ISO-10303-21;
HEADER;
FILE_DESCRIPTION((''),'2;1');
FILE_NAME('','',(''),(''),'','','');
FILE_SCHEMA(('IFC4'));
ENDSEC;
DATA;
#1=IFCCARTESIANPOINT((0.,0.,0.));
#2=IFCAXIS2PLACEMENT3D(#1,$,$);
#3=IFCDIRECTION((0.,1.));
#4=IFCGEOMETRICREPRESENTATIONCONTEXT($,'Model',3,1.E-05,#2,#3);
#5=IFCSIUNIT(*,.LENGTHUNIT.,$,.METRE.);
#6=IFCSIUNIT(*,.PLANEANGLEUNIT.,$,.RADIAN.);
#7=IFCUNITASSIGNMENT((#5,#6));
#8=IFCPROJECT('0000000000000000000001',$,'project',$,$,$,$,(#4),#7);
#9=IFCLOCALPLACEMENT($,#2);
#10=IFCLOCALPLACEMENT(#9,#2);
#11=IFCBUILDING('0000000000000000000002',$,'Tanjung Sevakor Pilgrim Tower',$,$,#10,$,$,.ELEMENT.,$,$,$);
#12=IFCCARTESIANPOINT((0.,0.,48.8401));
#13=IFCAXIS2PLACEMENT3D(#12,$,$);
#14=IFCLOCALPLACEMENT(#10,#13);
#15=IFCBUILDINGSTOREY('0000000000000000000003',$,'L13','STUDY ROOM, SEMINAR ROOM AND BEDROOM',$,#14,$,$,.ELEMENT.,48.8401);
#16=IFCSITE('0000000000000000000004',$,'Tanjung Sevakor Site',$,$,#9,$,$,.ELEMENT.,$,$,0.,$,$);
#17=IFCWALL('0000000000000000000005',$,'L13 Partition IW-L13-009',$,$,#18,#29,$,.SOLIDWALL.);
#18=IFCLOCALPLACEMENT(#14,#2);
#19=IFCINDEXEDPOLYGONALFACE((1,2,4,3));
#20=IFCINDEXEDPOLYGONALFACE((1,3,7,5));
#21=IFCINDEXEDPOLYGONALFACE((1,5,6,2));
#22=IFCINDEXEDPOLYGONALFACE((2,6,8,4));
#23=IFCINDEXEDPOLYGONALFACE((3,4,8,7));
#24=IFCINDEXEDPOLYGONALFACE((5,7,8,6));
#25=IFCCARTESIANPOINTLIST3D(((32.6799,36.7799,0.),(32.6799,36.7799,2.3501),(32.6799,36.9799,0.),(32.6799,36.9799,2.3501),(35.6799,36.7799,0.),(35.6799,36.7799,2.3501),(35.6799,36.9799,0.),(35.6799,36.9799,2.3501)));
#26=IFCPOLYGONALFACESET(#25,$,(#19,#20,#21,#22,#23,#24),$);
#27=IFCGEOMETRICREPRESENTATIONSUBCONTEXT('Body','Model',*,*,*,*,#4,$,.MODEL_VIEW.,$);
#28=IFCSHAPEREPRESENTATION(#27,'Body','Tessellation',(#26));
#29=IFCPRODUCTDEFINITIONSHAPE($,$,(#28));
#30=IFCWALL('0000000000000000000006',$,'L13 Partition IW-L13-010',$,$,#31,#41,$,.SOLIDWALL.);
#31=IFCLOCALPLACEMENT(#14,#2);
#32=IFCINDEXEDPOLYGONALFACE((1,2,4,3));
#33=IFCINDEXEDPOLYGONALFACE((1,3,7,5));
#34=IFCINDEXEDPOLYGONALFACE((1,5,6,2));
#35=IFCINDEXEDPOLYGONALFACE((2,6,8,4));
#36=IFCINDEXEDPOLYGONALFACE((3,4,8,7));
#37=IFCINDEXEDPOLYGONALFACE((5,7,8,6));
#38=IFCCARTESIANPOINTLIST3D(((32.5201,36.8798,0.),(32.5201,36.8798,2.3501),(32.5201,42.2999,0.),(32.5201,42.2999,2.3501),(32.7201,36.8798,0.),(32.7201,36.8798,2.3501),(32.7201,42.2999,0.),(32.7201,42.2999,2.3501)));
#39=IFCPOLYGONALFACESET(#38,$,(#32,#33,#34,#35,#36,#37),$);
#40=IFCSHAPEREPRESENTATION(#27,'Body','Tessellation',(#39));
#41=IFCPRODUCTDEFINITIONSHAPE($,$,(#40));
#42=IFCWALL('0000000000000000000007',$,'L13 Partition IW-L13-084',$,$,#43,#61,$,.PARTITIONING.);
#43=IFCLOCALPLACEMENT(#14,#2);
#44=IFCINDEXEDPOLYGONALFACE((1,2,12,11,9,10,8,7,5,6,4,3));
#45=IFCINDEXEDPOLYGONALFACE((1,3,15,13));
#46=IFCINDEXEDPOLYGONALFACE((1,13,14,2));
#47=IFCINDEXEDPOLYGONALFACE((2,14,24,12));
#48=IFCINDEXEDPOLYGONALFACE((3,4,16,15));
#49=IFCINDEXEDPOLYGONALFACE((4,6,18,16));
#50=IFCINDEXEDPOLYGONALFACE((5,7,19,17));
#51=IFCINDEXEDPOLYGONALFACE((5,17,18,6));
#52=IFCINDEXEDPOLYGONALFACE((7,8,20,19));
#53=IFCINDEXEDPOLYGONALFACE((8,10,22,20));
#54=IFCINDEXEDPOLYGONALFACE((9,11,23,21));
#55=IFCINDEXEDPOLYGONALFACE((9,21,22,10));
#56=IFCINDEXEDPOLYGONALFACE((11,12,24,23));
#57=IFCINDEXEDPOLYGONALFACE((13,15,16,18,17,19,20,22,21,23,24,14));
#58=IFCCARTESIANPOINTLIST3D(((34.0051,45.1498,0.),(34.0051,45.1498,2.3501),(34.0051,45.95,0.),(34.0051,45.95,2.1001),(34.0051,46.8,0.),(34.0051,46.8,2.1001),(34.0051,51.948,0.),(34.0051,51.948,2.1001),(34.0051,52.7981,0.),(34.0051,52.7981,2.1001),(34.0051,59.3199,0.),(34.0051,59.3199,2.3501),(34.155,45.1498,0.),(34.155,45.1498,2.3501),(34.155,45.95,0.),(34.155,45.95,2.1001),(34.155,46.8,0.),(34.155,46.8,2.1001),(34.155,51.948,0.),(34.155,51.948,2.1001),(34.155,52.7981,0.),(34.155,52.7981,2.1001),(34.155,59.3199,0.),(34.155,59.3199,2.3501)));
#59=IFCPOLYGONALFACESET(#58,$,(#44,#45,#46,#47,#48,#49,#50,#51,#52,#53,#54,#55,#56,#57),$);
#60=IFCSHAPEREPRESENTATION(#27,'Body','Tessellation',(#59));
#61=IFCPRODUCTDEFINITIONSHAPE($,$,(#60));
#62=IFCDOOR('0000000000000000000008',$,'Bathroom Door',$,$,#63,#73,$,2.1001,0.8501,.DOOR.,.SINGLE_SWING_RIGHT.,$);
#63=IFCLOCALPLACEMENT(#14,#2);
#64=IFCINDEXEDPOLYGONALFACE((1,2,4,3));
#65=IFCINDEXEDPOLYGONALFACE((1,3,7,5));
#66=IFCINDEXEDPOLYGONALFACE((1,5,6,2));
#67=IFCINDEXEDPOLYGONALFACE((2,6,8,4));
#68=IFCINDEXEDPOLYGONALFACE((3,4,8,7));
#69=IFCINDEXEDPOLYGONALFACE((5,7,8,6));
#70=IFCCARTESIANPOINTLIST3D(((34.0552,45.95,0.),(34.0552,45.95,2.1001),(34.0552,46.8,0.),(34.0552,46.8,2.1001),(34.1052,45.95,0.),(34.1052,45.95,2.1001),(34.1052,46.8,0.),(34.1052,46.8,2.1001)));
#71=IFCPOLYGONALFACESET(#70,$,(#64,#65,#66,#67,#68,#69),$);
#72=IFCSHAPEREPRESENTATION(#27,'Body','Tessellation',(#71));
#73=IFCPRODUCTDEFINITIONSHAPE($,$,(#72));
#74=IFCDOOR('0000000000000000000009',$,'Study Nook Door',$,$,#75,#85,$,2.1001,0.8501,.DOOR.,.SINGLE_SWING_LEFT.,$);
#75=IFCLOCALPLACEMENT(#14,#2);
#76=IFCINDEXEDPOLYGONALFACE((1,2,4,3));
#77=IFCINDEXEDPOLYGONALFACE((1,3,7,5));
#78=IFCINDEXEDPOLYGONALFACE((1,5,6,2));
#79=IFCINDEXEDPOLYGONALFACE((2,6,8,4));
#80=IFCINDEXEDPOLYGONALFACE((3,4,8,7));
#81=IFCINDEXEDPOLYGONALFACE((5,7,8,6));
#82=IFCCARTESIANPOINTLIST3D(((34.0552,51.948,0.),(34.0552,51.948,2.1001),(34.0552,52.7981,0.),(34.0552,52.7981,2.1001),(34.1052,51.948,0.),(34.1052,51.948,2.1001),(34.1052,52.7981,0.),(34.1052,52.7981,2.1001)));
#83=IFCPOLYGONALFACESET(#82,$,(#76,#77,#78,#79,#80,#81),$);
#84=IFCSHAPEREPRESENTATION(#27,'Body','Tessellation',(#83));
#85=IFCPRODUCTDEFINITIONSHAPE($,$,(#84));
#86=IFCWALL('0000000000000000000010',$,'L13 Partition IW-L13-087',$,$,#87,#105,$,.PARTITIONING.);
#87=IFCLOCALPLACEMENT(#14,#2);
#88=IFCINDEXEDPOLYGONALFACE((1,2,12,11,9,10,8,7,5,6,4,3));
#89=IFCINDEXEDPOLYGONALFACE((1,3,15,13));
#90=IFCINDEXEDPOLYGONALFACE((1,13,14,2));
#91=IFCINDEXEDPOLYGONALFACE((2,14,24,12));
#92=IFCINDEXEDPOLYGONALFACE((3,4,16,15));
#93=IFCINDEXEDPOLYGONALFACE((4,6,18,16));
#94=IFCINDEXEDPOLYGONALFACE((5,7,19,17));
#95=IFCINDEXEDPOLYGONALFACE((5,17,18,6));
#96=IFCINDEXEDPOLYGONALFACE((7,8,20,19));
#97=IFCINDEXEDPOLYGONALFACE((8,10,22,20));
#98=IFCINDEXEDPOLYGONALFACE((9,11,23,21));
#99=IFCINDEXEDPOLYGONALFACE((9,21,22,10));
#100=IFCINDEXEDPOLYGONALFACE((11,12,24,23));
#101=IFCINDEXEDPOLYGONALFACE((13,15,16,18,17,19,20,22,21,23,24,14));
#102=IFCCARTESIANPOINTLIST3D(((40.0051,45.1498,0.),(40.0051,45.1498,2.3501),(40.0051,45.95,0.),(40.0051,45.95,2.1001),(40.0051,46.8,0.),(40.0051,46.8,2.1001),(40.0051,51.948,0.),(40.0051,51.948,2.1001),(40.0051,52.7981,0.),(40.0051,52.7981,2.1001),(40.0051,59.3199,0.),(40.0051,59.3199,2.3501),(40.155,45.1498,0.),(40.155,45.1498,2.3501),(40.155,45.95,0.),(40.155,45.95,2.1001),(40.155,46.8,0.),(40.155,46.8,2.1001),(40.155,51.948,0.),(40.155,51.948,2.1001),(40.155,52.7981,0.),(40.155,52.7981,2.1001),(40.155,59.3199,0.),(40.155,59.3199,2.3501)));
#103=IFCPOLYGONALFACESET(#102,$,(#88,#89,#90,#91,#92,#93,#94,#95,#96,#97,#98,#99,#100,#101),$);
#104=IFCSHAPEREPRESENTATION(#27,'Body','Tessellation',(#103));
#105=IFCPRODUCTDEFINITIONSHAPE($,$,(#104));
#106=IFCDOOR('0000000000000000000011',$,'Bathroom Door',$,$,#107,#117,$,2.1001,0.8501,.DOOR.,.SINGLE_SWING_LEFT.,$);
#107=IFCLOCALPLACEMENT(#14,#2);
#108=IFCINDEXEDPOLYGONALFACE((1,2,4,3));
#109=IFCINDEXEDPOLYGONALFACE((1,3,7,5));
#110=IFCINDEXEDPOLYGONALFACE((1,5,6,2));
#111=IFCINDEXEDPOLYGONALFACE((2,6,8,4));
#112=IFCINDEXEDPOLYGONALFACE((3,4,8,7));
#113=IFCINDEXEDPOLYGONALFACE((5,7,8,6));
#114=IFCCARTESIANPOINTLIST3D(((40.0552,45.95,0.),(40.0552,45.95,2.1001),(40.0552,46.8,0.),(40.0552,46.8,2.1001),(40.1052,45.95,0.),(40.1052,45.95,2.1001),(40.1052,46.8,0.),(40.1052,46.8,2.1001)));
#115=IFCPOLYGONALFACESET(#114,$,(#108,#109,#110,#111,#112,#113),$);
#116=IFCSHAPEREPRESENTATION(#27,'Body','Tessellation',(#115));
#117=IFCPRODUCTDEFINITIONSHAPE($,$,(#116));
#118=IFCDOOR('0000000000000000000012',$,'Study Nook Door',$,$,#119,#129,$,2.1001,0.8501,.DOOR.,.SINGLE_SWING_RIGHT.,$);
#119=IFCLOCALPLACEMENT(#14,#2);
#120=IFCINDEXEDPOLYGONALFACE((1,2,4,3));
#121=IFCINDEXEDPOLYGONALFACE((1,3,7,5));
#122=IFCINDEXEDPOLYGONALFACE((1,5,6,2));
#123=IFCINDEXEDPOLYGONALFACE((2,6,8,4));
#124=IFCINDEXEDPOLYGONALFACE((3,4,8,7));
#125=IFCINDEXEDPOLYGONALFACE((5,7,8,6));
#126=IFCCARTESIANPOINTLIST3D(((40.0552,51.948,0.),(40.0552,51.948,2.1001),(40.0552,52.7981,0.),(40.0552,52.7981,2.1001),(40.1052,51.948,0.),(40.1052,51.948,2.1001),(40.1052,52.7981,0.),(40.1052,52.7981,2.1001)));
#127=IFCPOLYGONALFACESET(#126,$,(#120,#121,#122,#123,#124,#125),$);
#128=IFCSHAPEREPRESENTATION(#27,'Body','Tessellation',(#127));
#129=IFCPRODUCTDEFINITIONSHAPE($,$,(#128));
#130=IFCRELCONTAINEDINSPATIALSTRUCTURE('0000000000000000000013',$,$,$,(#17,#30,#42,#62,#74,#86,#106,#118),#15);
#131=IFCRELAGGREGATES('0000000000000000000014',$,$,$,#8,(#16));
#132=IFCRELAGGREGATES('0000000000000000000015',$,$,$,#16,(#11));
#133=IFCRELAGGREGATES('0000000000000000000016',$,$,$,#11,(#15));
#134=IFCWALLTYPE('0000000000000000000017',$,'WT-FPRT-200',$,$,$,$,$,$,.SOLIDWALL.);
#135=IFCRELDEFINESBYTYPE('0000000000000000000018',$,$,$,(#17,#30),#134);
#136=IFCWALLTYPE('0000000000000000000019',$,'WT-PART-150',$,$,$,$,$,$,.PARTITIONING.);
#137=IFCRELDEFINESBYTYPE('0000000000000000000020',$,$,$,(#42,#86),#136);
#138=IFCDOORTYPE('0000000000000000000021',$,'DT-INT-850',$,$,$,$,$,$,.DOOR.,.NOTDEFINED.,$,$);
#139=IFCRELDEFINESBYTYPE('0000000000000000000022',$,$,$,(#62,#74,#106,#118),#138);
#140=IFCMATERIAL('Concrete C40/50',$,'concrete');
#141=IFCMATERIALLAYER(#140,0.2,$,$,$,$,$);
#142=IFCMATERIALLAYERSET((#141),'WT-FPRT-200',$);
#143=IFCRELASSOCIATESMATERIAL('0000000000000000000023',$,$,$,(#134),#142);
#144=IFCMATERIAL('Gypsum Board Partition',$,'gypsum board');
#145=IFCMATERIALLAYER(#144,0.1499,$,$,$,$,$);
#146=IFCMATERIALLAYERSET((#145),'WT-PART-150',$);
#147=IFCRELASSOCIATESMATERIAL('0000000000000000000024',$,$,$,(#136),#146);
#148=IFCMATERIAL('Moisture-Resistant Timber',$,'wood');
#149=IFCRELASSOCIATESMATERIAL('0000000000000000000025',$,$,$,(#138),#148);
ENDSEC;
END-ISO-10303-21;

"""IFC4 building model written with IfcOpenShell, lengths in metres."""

from ifc_helpers import new_model, si_unit, direction, frame, frame_2d, origin, place, context, subcontext, project, spatial, rectangle, extrude, material, layer, layer_set, type_object, element, fill, save


model = new_model("IFC4")

# Units and contexts
model_context = context("Model", 3, precision=1e-05, world=origin(), true_north=direction((0.0, 1.0)))
body_context = subcontext(model_context, "Body", "Model", "MODEL_VIEW")
ifc_project = project(units=[si_unit("LENGTHUNIT", "METRE"), si_unit("PLANEANGLEUNIT", "RADIAN")], contexts=[model_context])

# Site, building, storey
site_placement = place(None, origin())
site = spatial("IfcSite", under=ifc_project, at=site_placement, Name="Tanjung Sevakor Site", CompositionType="ELEMENT", RefElevation=0.0)
building_placement = place(site_placement, origin())
building = spatial("IfcBuilding", under=site, at=building_placement, Name="Tanjung Sevakor Pilgrim Tower", CompositionType="ELEMENT")
storey_placement = place(building_placement, frame((0.0, 0.0, 48.8401)))
storey = spatial("IfcBuildingStorey", under=building, at=storey_placement, Name="L13", Description="STUDY ROOM, SEMINAR ROOM AND BEDROOM", CompositionType="ELEMENT", Elevation=48.8401)

# Walls
ifc_material_1 = material(Name="Concrete C40/50", Category="concrete")
ifc_layer_1 = layer(ifc_material_1, 0.2)
ifc_layer_set_1 = layer_set([ifc_layer_1], Name="WT-FPRT-200")
wall_type_1 = type_object("IfcWallType", Name="WT-FPRT-200", PredefinedType="SOLIDWALL", material=ifc_layer_set_1)
wall_1_placement = place(storey_placement, frame((32.6799, 36.8799, 0.0), z_axis=(0.0, 0.0, 1.0), x_axis=(1.0, 0.0, 0.0)))
element("IfcWall", 1, at=wall_1_placement, inside=storey, type_object=wall_type_1, Name="L13 Partition IW-L13-009", PredefinedType="SOLIDWALL", context=body_context, shape_type="SweptSolid", body=[
    extrude(rectangle(XDim=3.0, YDim=0.2, at=frame_2d((1.5, 0.0))), origin(), (0.0, 0.0, 1.0), 2.3501),
])
wall_2_placement = place(storey_placement, frame((32.6201, 36.8799, 0.0), z_axis=(0.0, 0.0, 1.0), x_axis=(0.0, 1.0, 0.0)))
element("IfcWall", 2, at=wall_2_placement, inside=storey, type_object=wall_type_1, Name="L13 Partition IW-L13-010", PredefinedType="SOLIDWALL", context=body_context, shape_type="SweptSolid", body=[
    extrude(rectangle(XDim=5.4202, YDim=0.2, at=frame_2d((2.71, 0.0))), origin(), (0.0, 0.0, 1.0), 2.3501),
])

# Walls, openings, doors
ifc_material_2 = material(Name="Gypsum Board Partition", Category="gypsum board")
ifc_layer_2 = layer(ifc_material_2, 0.1499)
ifc_layer_set_2 = layer_set([ifc_layer_2], Name="WT-PART-150")
wall_type_2 = type_object("IfcWallType", Name="WT-PART-150", PredefinedType="PARTITIONING", material=ifc_layer_set_2)
wall_3_placement = place(storey_placement, frame((34.0801, 45.1499, 0.0), z_axis=(0.0, 0.0, 1.0), x_axis=(0.0, 1.0, 0.0)))
wall_3 = element("IfcWall", 3, at=wall_3_placement, inside=storey, type_object=wall_type_2, Name="L13 Partition IW-L13-084", PredefinedType="PARTITIONING", context=body_context, shape_type="SweptSolid", body=[
    extrude(rectangle(XDim=14.1702, YDim=0.1499, at=frame_2d((7.085, 0.0))), origin(), (0.0, 0.0, 1.0), 2.3501),
])
opening_1_placement = place(wall_3_placement, frame((0.8, 0.0, 0.0)))
opening_1 = element("IfcOpeningElement", 4, at=opening_1_placement, cuts=wall_3, PredefinedType="OPENING", context=body_context, shape_type="SweptSolid", body=[
    extrude(rectangle(XDim=0.8501, YDim=2.1001, at=frame_2d((0.425, 1.05))), frame((0.0, 0.085, 0.0), z_axis=(0.0, -1.0, 0.0), x_axis=(1.0, 0.0, 0.0)), (0.0, 0.0, 1.0), 0.1699),
])
opening_2_placement = place(wall_3_placement, frame((6.7981, 0.0, 0.0)))
opening_2 = element("IfcOpeningElement", 5, at=opening_2_placement, cuts=wall_3, PredefinedType="OPENING", context=body_context, shape_type="SweptSolid", body=[
    extrude(rectangle(XDim=0.8501, YDim=2.1001, at=frame_2d((0.425, 1.05))), frame((0.0, 0.085, 0.0), z_axis=(0.0, -1.0, 0.0), x_axis=(1.0, 0.0, 0.0)), (0.0, 0.0, 1.0), 0.1699),
])
ifc_material_3 = material(Name="Moisture-Resistant Timber", Category="wood")
door_type_1 = type_object("IfcDoorType", Name="DT-INT-850", OperationType="NOTDEFINED", PredefinedType="DOOR", material=ifc_material_3)
door_1_placement = place(opening_1_placement, origin())
door_1 = element("IfcDoor", 6, at=door_1_placement, inside=storey, type_object=door_type_1, Name="Bathroom Door", OperationType="SINGLE_SWING_RIGHT", OverallHeight=2.1001, OverallWidth=0.8501, PredefinedType="DOOR", context=body_context, shape_type="SweptSolid", body=[
    extrude(rectangle(XDim=0.8501, YDim=2.1001, at=frame_2d((0.425, 1.05))), frame((0.0, 0.0249, 0.0), z_axis=(0.0, -1.0, 0.0), x_axis=(1.0, 0.0, 0.0)), (0.0, 0.0, 1.0), 0.05),
])
fill(opening_1, door_1)
door_2_placement = place(opening_2_placement, origin())
door_2 = element("IfcDoor", 7, at=door_2_placement, inside=storey, type_object=door_type_1, Name="Study Nook Door", OperationType="SINGLE_SWING_LEFT", OverallHeight=2.1001, OverallWidth=0.8501, PredefinedType="DOOR", context=body_context, shape_type="SweptSolid", body=[
    extrude(rectangle(XDim=0.8501, YDim=2.1001, at=frame_2d((0.425, 1.05))), frame((0.0, 0.0249, 0.0), z_axis=(0.0, -1.0, 0.0), x_axis=(1.0, 0.0, 0.0)), (0.0, 0.0, 1.0), 0.05),
])
fill(opening_2, door_2)
wall_4_placement = place(storey_placement, frame((40.0801, 45.1499, 0.0), z_axis=(0.0, 0.0, 1.0), x_axis=(0.0, 1.0, 0.0)))
wall_4 = element("IfcWall", 8, at=wall_4_placement, inside=storey, type_object=wall_type_2, Name="L13 Partition IW-L13-087", PredefinedType="PARTITIONING", context=body_context, shape_type="SweptSolid", body=[
    extrude(rectangle(XDim=14.1702, YDim=0.1499, at=frame_2d((7.085, 0.0))), origin(), (0.0, 0.0, 1.0), 2.3501),
])
opening_3_placement = place(wall_4_placement, frame((0.8, 0.0, 0.0)))
opening_3 = element("IfcOpeningElement", 9, at=opening_3_placement, cuts=wall_4, PredefinedType="OPENING", context=body_context, shape_type="SweptSolid", body=[
    extrude(rectangle(XDim=0.8501, YDim=2.1001, at=frame_2d((0.425, 1.05))), frame((0.0, 0.085, 0.0), z_axis=(0.0, -1.0, 0.0), x_axis=(1.0, 0.0, 0.0)), (0.0, 0.0, 1.0), 0.1699),
])
opening_4_placement = place(wall_4_placement, frame((6.7981, 0.0, 0.0)))
opening_4 = element("IfcOpeningElement", 10, at=opening_4_placement, cuts=wall_4, PredefinedType="OPENING", context=body_context, shape_type="SweptSolid", body=[
    extrude(rectangle(XDim=0.8501, YDim=2.1001, at=frame_2d((0.425, 1.05))), frame((0.0, 0.085, 0.0), z_axis=(0.0, -1.0, 0.0), x_axis=(1.0, 0.0, 0.0)), (0.0, 0.0, 1.0), 0.1699),
])
door_3_placement = place(opening_3_placement, origin())
door_3 = element("IfcDoor", 11, at=door_3_placement, inside=storey, type_object=door_type_1, Name="Bathroom Door", OperationType="SINGLE_SWING_LEFT", OverallHeight=2.1001, OverallWidth=0.8501, PredefinedType="DOOR", context=body_context, shape_type="SweptSolid", body=[
    extrude(rectangle(XDim=0.8501, YDim=2.1001, at=frame_2d((0.425, 1.05))), frame((0.0, 0.0249, 0.0), z_axis=(0.0, -1.0, 0.0), x_axis=(1.0, 0.0, 0.0)), (0.0, 0.0, 1.0), 0.05),
])
fill(opening_3, door_3)
door_4_placement = place(opening_4_placement, origin())
door_4 = element("IfcDoor", 12, at=door_4_placement, inside=storey, type_object=door_type_1, Name="Study Nook Door", OperationType="SINGLE_SWING_RIGHT", OverallHeight=2.1001, OverallWidth=0.8501, PredefinedType="DOOR", context=body_context, shape_type="SweptSolid", body=[
    extrude(rectangle(XDim=0.8501, YDim=2.1001, at=frame_2d((0.425, 1.05))), frame((0.0, 0.0249, 0.0), z_axis=(0.0, -1.0, 0.0), x_axis=(1.0, 0.0, 0.0)), (0.0, 0.0, 1.0), 0.05),
])
fill(opening_4, door_4)

save(model, "model.ifc")
